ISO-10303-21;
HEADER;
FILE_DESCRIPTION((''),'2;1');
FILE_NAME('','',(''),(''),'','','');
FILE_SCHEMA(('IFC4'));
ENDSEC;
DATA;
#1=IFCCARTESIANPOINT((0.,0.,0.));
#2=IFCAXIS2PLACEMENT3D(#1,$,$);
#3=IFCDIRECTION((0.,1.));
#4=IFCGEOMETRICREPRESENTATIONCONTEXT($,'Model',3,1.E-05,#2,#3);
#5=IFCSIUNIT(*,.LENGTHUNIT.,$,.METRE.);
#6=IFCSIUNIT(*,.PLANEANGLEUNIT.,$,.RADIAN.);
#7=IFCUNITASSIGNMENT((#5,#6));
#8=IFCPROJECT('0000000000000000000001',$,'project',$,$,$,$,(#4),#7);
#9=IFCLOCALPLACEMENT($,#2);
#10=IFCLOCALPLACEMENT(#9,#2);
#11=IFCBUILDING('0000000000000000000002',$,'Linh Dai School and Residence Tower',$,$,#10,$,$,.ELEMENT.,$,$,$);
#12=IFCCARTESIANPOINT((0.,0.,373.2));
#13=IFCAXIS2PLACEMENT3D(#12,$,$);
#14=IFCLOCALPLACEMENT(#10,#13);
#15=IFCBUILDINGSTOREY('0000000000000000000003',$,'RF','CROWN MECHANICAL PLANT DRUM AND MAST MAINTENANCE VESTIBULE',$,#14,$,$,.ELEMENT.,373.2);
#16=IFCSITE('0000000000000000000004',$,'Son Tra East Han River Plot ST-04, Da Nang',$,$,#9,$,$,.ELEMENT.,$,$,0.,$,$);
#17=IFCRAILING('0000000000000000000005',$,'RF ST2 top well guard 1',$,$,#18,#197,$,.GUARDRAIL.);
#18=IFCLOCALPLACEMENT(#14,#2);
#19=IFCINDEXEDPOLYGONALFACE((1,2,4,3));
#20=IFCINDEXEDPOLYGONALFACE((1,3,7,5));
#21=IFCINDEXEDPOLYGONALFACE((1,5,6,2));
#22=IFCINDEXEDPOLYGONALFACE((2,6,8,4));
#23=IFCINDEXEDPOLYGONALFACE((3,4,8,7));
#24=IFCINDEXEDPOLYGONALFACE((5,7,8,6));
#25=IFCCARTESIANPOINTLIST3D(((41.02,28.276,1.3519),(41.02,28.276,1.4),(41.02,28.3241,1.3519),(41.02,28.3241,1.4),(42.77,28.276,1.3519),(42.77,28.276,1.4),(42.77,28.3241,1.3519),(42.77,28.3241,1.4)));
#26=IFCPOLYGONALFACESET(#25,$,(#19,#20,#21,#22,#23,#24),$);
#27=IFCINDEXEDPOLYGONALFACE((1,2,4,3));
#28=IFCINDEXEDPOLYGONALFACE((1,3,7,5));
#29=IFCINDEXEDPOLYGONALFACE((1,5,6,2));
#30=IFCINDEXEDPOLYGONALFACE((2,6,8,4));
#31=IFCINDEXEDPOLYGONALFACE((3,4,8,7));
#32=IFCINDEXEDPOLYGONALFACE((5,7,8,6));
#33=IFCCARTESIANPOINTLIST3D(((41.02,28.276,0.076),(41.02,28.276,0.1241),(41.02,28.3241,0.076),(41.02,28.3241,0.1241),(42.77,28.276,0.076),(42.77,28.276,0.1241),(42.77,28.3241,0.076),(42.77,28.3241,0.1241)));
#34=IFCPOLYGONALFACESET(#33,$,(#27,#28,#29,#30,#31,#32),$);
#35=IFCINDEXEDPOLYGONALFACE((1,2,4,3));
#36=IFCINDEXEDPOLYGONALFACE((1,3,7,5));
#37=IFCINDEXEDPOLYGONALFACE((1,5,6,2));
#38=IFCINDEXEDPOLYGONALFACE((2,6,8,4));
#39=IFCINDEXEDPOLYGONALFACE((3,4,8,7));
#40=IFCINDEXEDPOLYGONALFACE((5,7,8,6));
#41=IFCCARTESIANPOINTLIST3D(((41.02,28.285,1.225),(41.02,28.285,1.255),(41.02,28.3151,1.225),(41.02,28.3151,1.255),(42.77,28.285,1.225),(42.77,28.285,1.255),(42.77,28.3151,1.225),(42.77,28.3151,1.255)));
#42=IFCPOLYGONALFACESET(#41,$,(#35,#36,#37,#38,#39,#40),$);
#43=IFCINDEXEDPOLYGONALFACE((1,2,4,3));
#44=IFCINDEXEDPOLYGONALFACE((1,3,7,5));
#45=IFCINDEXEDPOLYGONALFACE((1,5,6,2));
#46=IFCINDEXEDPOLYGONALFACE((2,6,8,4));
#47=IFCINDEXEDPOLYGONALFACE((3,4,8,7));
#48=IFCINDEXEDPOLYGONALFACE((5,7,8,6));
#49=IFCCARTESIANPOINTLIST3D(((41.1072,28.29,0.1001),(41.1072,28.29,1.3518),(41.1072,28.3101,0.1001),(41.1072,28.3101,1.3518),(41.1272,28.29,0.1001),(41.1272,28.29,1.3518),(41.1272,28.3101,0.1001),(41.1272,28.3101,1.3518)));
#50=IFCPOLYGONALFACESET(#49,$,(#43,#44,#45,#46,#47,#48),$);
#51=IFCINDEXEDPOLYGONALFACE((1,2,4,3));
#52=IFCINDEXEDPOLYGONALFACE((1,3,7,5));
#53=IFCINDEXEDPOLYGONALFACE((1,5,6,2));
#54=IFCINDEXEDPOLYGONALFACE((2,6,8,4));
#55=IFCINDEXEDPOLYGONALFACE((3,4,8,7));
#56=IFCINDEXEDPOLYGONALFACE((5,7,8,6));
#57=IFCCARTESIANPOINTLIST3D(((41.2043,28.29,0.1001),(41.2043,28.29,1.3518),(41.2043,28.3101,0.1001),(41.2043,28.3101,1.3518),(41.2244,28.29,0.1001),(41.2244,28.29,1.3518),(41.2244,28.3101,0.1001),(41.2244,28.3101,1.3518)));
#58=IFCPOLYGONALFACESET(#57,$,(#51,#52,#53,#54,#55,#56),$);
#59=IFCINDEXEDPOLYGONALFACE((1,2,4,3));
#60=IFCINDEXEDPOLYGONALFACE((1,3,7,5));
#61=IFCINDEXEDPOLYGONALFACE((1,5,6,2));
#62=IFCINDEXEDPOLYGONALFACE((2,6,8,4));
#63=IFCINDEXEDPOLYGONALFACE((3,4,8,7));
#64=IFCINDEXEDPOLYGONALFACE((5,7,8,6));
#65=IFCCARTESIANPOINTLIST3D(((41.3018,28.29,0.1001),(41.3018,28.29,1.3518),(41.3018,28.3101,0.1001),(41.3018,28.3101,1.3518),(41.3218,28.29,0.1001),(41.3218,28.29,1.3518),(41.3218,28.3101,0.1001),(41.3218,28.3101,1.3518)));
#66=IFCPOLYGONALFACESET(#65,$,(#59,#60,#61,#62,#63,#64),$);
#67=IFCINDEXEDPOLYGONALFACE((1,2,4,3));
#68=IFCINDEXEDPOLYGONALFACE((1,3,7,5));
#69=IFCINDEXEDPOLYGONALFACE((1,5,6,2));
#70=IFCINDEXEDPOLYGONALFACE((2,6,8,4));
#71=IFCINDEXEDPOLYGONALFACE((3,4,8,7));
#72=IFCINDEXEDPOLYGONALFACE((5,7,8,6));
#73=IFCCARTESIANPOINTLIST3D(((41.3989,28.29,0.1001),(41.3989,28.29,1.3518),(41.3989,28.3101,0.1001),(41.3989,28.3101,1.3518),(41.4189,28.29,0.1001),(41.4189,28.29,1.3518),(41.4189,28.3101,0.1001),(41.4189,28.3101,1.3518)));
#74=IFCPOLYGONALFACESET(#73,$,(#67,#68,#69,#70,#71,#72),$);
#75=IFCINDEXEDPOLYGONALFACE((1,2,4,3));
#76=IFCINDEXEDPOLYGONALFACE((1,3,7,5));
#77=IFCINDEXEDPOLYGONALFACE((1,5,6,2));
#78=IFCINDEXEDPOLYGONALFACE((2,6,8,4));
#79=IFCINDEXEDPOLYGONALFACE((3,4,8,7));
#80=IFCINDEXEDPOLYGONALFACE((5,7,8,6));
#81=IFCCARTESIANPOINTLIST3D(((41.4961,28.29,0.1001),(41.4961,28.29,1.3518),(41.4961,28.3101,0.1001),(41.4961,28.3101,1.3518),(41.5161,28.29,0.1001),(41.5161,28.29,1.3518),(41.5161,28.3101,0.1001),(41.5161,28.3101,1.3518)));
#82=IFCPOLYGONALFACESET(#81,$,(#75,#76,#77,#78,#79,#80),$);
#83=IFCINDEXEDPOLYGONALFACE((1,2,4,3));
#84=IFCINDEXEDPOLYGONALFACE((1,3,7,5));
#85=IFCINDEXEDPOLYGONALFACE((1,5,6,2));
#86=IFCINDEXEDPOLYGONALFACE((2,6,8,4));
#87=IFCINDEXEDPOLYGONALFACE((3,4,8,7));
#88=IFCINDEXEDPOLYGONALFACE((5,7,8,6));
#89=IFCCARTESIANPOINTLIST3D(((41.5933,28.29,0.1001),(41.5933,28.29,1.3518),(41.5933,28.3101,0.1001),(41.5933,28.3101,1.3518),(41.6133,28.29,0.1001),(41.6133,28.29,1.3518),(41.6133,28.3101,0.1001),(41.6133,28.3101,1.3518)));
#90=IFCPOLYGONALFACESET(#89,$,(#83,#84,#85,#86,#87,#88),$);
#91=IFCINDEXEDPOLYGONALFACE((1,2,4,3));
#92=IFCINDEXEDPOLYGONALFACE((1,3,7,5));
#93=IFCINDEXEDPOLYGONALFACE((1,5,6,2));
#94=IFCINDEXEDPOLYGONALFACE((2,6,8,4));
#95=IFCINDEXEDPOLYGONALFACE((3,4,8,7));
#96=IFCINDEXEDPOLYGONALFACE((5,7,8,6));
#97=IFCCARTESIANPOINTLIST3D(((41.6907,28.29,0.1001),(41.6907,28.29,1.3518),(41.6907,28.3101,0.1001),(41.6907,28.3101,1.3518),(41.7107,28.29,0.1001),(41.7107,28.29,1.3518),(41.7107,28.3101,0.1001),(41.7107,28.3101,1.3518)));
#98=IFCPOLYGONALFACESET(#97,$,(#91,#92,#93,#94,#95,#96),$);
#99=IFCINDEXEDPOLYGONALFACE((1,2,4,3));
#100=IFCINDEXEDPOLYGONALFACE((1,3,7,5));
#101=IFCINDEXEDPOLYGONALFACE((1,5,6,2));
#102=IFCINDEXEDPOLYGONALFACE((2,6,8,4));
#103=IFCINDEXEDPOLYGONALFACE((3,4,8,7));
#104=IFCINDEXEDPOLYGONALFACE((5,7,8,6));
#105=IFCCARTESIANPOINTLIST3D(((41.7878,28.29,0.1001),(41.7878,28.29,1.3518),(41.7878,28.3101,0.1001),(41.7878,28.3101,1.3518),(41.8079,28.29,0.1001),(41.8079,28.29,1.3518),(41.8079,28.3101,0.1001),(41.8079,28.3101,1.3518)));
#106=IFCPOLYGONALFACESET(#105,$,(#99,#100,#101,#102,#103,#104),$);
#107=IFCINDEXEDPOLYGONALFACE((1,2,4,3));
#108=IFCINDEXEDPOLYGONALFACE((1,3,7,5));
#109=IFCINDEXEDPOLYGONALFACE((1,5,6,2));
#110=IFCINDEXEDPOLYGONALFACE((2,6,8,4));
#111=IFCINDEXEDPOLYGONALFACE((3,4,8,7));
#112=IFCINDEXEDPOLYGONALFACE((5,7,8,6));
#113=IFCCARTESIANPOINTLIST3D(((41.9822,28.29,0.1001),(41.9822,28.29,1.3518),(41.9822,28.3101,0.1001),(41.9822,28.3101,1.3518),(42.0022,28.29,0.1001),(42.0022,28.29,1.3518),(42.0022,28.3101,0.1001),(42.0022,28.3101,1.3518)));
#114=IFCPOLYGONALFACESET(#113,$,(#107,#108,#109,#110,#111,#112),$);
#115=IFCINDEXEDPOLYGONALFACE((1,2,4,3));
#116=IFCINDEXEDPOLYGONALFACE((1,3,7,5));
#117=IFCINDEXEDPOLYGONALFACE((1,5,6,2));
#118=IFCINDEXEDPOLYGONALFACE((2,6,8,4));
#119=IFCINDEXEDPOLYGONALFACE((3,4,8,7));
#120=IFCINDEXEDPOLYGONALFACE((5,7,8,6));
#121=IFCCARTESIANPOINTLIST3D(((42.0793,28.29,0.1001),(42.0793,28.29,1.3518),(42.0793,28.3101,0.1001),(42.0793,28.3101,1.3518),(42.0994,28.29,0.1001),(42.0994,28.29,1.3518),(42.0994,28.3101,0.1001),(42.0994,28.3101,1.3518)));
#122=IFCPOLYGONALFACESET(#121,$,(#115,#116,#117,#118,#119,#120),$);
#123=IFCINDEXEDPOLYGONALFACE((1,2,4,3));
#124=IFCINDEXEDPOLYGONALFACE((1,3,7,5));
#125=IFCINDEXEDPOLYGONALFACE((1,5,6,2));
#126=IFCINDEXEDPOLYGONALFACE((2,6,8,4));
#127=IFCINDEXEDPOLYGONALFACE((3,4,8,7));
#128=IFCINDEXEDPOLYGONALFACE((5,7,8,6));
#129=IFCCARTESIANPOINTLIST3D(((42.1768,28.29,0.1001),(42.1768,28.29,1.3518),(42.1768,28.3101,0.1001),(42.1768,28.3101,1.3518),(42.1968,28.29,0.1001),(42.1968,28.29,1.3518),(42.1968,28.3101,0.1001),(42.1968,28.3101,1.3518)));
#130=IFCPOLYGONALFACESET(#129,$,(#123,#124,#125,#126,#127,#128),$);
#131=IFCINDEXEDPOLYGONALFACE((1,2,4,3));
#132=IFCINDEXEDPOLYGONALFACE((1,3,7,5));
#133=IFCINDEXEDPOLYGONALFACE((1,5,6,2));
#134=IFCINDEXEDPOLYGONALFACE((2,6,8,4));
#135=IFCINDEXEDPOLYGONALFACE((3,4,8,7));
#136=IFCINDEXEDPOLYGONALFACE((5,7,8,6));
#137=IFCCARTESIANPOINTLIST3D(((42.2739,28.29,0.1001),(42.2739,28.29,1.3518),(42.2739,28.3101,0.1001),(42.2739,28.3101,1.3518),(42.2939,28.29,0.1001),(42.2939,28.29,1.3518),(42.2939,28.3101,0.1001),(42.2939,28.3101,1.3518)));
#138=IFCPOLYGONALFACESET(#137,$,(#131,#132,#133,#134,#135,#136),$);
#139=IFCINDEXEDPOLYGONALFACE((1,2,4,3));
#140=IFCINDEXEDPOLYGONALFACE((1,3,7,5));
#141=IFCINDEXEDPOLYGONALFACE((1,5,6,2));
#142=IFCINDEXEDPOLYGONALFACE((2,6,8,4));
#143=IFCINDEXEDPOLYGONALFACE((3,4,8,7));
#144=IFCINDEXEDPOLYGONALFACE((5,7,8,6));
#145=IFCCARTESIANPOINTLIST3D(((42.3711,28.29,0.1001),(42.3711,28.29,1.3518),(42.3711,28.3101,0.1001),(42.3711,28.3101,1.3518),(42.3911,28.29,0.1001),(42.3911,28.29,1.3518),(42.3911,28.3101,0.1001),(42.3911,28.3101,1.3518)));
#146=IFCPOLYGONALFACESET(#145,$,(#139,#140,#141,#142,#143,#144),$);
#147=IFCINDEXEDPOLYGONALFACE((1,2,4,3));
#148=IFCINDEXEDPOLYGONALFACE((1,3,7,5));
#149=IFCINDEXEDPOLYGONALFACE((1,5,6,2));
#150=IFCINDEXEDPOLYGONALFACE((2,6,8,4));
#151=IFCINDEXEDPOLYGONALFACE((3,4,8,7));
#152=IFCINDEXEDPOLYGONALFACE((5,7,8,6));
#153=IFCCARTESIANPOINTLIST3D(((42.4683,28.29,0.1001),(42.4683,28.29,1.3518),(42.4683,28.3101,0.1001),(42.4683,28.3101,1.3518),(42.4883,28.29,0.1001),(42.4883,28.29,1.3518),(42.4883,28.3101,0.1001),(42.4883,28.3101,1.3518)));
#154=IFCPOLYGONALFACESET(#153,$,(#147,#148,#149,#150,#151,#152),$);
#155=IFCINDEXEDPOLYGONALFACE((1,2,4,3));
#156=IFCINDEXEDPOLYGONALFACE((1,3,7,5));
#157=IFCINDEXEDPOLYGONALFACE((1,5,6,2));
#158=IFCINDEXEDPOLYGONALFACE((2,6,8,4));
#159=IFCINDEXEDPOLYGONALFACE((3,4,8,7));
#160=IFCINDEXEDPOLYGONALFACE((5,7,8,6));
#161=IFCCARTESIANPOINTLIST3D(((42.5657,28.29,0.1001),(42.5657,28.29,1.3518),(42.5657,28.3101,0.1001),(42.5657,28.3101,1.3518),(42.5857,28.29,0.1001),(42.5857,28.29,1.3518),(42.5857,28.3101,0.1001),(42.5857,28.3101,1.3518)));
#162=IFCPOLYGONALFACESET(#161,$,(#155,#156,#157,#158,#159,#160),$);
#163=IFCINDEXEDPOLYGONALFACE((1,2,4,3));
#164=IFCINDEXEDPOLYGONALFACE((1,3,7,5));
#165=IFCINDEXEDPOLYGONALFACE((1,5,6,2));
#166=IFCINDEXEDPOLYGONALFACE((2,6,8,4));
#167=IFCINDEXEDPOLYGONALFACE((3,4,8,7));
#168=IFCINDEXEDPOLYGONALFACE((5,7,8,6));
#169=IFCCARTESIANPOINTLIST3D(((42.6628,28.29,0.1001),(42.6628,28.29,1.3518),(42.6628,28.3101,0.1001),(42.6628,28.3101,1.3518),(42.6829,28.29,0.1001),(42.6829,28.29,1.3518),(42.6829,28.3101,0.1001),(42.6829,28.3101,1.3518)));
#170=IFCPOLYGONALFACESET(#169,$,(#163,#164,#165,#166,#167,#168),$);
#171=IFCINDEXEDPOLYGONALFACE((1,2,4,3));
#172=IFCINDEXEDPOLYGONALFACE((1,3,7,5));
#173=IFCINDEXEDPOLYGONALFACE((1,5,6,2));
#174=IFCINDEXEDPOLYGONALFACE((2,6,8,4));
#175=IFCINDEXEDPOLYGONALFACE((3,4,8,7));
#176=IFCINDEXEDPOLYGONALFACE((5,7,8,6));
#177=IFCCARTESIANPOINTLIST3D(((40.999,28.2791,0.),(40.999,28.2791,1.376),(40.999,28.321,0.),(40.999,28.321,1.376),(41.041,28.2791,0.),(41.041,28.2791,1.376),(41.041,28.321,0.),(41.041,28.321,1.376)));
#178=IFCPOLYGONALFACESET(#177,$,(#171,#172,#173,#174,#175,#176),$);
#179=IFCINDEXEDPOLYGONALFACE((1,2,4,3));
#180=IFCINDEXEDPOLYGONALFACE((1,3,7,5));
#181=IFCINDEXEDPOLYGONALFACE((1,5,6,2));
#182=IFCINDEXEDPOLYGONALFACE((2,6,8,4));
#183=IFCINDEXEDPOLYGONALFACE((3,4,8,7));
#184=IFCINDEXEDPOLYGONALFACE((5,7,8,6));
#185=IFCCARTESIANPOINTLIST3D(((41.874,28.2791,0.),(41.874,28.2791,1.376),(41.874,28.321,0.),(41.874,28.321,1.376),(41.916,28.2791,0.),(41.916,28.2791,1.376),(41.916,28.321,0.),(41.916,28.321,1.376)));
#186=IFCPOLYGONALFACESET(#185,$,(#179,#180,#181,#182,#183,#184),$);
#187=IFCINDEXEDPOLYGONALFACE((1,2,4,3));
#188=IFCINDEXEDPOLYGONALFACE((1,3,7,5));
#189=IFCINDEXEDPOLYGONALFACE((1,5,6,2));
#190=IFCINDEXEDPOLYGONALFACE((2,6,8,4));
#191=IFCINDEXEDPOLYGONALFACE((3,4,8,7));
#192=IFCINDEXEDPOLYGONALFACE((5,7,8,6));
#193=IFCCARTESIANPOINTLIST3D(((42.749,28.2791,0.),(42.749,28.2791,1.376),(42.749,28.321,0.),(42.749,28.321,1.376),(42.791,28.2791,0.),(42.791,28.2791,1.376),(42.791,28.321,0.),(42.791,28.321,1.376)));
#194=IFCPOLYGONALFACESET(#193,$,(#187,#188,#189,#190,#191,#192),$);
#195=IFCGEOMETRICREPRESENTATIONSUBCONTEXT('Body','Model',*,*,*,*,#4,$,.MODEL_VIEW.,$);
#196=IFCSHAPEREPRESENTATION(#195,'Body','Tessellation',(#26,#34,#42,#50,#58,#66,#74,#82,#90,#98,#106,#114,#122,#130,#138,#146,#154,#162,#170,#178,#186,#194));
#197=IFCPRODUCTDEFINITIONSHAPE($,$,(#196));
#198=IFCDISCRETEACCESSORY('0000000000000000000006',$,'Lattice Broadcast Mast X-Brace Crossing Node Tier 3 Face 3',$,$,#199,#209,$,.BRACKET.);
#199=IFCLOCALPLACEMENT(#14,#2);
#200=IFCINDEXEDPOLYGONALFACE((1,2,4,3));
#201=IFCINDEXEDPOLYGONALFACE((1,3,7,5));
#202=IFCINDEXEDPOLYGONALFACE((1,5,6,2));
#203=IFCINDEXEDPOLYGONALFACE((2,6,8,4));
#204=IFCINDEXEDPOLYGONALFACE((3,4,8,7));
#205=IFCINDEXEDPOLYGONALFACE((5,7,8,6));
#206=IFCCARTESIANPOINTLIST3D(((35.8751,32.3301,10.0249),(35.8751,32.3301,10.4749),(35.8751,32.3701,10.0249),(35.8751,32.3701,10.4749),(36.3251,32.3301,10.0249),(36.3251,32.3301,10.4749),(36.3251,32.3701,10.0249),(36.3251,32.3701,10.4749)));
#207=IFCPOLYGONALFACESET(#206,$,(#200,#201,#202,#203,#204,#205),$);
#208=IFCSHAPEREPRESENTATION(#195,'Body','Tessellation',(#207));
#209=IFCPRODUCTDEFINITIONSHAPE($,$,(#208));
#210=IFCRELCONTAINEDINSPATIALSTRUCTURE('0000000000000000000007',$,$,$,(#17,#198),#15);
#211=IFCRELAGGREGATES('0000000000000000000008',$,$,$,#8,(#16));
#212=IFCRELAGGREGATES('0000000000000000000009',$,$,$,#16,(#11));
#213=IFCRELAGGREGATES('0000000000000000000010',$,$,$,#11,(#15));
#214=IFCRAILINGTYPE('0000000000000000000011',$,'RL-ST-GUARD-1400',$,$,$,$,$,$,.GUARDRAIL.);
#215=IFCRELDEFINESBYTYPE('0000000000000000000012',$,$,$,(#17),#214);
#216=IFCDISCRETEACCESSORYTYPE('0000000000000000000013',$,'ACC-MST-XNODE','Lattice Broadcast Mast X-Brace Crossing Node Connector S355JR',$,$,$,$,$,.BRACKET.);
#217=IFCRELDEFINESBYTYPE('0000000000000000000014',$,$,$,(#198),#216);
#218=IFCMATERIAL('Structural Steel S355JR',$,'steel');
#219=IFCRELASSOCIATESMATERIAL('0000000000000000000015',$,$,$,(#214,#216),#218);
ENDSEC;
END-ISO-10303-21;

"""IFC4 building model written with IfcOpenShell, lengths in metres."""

from ifc_helpers import new_model, si_unit, direction, frame, origin, origin_2d, place, context, subcontext, project, spatial, rectangle, extrude, source, transform, mapped, material, type_object, element, save


model = new_model("IFC4")

# Units and contexts
model_context = context("Model", 3, precision=1e-05, world=origin(), true_north=direction((0.0, 1.0)))
body_context = subcontext(model_context, "Body", "Model", "MODEL_VIEW")
ifc_project = project(units=[si_unit("LENGTHUNIT", "METRE"), si_unit("PLANEANGLEUNIT", "RADIAN")], contexts=[model_context])

# Site, building, storey
site_placement = place(None, origin())
site = spatial("IfcSite", under=ifc_project, at=site_placement, Name="Son Tra East Han River Plot ST-04, Da Nang", CompositionType="ELEMENT", RefElevation=0.0)
building_placement = place(site_placement, origin())
building = spatial("IfcBuilding", under=site, at=building_placement, Name="Linh Dai School and Residence Tower", CompositionType="ELEMENT")
storey_placement = place(building_placement, frame((0.0, 0.0, 373.2)))
storey = spatial("IfcBuildingStorey", under=building, at=storey_placement, Name="RF", Description="CROWN MECHANICAL PLANT DRUM AND MAST MAINTENANCE VESTIBULE", CompositionType="ELEMENT", Elevation=373.2)

# Shared definitions
ifc_material_1 = material(Name="Structural Steel S355JR", Category="steel")

# Railing
railing_type = type_object("IfcRailingType", Name="RL-ST-GUARD-1400", PredefinedType="GUARDRAIL", material=ifc_material_1)
shared_shape_1 = source(origin(), body_context, "Body", "SweptSolid", [
    extrude(rectangle(XDim=0.0481, YDim=0.0481, at=origin_2d()), frame((0.0, 0.0, 1.376), z_axis=(1.0, 0.0, 0.0), x_axis=(0.0, 1.0, 0.0)), (0.0, 0.0, 1.0), 1.75),
    extrude(rectangle(XDim=0.0481, YDim=0.0481, at=origin_2d()), frame((0.0, 0.0, 0.1001), z_axis=(1.0, 0.0, 0.0), x_axis=(0.0, 1.0, 0.0)), (0.0, 0.0, 1.0), 1.75),
    extrude(rectangle(XDim=0.03, YDim=0.03, at=origin_2d()), frame((0.0, 0.0, 1.24), z_axis=(1.0, 0.0, 0.0), x_axis=(0.0, 1.0, 0.0)), (0.0, 0.0, 1.0), 1.75),
    extrude(rectangle(XDim=0.02, YDim=0.02, at=origin_2d()), frame((0.0972, 0.0, 0.1001)), (0.0, 0.0, 1.0), 1.2517),
    extrude(rectangle(XDim=0.02, YDim=0.02, at=origin_2d()), frame((0.1943, 0.0, 0.1001)), (0.0, 0.0, 1.0), 1.2517),
    extrude(rectangle(XDim=0.02, YDim=0.02, at=origin_2d()), frame((0.2917, 0.0, 0.1001)), (0.0, 0.0, 1.0), 1.2517),
    extrude(rectangle(XDim=0.02, YDim=0.02, at=origin_2d()), frame((0.3889, 0.0, 0.1001)), (0.0, 0.0, 1.0), 1.2517),
    extrude(rectangle(XDim=0.02, YDim=0.02, at=origin_2d()), frame((0.4861, 0.0, 0.1001)), (0.0, 0.0, 1.0), 1.2517),
    extrude(rectangle(XDim=0.02, YDim=0.02, at=origin_2d()), frame((0.5833, 0.0, 0.1001)), (0.0, 0.0, 1.0), 1.2517),
    extrude(rectangle(XDim=0.02, YDim=0.02, at=origin_2d()), frame((0.6807, 0.0, 0.1001)), (0.0, 0.0, 1.0), 1.2517),
    extrude(rectangle(XDim=0.02, YDim=0.02, at=origin_2d()), frame((0.7778, 0.0, 0.1001)), (0.0, 0.0, 1.0), 1.2517),
    extrude(rectangle(XDim=0.02, YDim=0.02, at=origin_2d()), frame((0.9722, 0.0, 0.1001)), (0.0, 0.0, 1.0), 1.2517),
    extrude(rectangle(XDim=0.02, YDim=0.02, at=origin_2d()), frame((1.0693, 0.0, 0.1001)), (0.0, 0.0, 1.0), 1.2517),
    extrude(rectangle(XDim=0.02, YDim=0.02, at=origin_2d()), frame((1.1667, 0.0, 0.1001)), (0.0, 0.0, 1.0), 1.2517),
    extrude(rectangle(XDim=0.02, YDim=0.02, at=origin_2d()), frame((1.2639, 0.0, 0.1001)), (0.0, 0.0, 1.0), 1.2517),
    extrude(rectangle(XDim=0.02, YDim=0.02, at=origin_2d()), frame((1.3611, 0.0, 0.1001)), (0.0, 0.0, 1.0), 1.2517),
    extrude(rectangle(XDim=0.02, YDim=0.02, at=origin_2d()), frame((1.4583, 0.0, 0.1001)), (0.0, 0.0, 1.0), 1.2517),
    extrude(rectangle(XDim=0.02, YDim=0.02, at=origin_2d()), frame((1.5557, 0.0, 0.1001)), (0.0, 0.0, 1.0), 1.2517),
    extrude(rectangle(XDim=0.02, YDim=0.02, at=origin_2d()), frame((1.6528, 0.0, 0.1001)), (0.0, 0.0, 1.0), 1.2517),
    extrude(rectangle(XDim=0.042, YDim=0.042, at=origin_2d()), origin(), (0.0, 0.0, 1.0), 1.376),
    extrude(rectangle(XDim=0.042, YDim=0.042, at=origin_2d()), frame((0.875, 0.0, 0.0)), (0.0, 0.0, 1.0), 1.376),
    extrude(rectangle(XDim=0.042, YDim=0.042, at=origin_2d()), frame((1.75, 0.0, 0.0)), (0.0, 0.0, 1.0), 1.376),
])
railing_placement = place(storey_placement, frame((41.02, 28.3, 0.0)))
element("IfcRailing", 1, at=railing_placement, inside=storey, type_object=railing_type, Name="RF ST2 top well guard 1", PredefinedType="GUARDRAIL", context=body_context, shape_type="MappedRepresentation", body=[
    mapped(shared_shape_1, transform((0.0, 0.0, 0.0), x_axis=(1.0, 0.0, 0.0), y_axis=(0.0, 1.0, 0.0), z_axis=(0.0, 0.0, 1.0), scale=1.0)),
])

# Discrete accessory
discrete_accessory_type = type_object("IfcDiscreteAccessoryType", Name="ACC-MST-XNODE", Description="Lattice Broadcast Mast X-Brace Crossing Node Connector S355JR", PredefinedType="BRACKET", material=ifc_material_1)
shared_shape_2 = source(origin(), body_context, "Body", "SweptSolid", [
    extrude(rectangle(XDim=0.45, YDim=0.04, at=origin_2d()), origin(), (0.0, 0.0, 1.0), 0.45),
])
discrete_accessory_placement = place(storey_placement, frame((36.1001, 32.3501, 10.0249), z_axis=(0.0, 0.0, 1.0), x_axis=(-1.0, 0.0, 0.0)))
element("IfcDiscreteAccessory", 2, at=discrete_accessory_placement, inside=storey, type_object=discrete_accessory_type, Name="Lattice Broadcast Mast X-Brace Crossing Node Tier 3 Face 3", PredefinedType="BRACKET", context=body_context, shape_type="MappedRepresentation", body=[
    mapped(shared_shape_2, transform((0.0, 0.0, 0.0), x_axis=(1.0, 0.0, 0.0), y_axis=(0.0, 1.0, 0.0), z_axis=(0.0, 0.0, 1.0), scale=1.0)),
])

save(model, "model.ifc")
